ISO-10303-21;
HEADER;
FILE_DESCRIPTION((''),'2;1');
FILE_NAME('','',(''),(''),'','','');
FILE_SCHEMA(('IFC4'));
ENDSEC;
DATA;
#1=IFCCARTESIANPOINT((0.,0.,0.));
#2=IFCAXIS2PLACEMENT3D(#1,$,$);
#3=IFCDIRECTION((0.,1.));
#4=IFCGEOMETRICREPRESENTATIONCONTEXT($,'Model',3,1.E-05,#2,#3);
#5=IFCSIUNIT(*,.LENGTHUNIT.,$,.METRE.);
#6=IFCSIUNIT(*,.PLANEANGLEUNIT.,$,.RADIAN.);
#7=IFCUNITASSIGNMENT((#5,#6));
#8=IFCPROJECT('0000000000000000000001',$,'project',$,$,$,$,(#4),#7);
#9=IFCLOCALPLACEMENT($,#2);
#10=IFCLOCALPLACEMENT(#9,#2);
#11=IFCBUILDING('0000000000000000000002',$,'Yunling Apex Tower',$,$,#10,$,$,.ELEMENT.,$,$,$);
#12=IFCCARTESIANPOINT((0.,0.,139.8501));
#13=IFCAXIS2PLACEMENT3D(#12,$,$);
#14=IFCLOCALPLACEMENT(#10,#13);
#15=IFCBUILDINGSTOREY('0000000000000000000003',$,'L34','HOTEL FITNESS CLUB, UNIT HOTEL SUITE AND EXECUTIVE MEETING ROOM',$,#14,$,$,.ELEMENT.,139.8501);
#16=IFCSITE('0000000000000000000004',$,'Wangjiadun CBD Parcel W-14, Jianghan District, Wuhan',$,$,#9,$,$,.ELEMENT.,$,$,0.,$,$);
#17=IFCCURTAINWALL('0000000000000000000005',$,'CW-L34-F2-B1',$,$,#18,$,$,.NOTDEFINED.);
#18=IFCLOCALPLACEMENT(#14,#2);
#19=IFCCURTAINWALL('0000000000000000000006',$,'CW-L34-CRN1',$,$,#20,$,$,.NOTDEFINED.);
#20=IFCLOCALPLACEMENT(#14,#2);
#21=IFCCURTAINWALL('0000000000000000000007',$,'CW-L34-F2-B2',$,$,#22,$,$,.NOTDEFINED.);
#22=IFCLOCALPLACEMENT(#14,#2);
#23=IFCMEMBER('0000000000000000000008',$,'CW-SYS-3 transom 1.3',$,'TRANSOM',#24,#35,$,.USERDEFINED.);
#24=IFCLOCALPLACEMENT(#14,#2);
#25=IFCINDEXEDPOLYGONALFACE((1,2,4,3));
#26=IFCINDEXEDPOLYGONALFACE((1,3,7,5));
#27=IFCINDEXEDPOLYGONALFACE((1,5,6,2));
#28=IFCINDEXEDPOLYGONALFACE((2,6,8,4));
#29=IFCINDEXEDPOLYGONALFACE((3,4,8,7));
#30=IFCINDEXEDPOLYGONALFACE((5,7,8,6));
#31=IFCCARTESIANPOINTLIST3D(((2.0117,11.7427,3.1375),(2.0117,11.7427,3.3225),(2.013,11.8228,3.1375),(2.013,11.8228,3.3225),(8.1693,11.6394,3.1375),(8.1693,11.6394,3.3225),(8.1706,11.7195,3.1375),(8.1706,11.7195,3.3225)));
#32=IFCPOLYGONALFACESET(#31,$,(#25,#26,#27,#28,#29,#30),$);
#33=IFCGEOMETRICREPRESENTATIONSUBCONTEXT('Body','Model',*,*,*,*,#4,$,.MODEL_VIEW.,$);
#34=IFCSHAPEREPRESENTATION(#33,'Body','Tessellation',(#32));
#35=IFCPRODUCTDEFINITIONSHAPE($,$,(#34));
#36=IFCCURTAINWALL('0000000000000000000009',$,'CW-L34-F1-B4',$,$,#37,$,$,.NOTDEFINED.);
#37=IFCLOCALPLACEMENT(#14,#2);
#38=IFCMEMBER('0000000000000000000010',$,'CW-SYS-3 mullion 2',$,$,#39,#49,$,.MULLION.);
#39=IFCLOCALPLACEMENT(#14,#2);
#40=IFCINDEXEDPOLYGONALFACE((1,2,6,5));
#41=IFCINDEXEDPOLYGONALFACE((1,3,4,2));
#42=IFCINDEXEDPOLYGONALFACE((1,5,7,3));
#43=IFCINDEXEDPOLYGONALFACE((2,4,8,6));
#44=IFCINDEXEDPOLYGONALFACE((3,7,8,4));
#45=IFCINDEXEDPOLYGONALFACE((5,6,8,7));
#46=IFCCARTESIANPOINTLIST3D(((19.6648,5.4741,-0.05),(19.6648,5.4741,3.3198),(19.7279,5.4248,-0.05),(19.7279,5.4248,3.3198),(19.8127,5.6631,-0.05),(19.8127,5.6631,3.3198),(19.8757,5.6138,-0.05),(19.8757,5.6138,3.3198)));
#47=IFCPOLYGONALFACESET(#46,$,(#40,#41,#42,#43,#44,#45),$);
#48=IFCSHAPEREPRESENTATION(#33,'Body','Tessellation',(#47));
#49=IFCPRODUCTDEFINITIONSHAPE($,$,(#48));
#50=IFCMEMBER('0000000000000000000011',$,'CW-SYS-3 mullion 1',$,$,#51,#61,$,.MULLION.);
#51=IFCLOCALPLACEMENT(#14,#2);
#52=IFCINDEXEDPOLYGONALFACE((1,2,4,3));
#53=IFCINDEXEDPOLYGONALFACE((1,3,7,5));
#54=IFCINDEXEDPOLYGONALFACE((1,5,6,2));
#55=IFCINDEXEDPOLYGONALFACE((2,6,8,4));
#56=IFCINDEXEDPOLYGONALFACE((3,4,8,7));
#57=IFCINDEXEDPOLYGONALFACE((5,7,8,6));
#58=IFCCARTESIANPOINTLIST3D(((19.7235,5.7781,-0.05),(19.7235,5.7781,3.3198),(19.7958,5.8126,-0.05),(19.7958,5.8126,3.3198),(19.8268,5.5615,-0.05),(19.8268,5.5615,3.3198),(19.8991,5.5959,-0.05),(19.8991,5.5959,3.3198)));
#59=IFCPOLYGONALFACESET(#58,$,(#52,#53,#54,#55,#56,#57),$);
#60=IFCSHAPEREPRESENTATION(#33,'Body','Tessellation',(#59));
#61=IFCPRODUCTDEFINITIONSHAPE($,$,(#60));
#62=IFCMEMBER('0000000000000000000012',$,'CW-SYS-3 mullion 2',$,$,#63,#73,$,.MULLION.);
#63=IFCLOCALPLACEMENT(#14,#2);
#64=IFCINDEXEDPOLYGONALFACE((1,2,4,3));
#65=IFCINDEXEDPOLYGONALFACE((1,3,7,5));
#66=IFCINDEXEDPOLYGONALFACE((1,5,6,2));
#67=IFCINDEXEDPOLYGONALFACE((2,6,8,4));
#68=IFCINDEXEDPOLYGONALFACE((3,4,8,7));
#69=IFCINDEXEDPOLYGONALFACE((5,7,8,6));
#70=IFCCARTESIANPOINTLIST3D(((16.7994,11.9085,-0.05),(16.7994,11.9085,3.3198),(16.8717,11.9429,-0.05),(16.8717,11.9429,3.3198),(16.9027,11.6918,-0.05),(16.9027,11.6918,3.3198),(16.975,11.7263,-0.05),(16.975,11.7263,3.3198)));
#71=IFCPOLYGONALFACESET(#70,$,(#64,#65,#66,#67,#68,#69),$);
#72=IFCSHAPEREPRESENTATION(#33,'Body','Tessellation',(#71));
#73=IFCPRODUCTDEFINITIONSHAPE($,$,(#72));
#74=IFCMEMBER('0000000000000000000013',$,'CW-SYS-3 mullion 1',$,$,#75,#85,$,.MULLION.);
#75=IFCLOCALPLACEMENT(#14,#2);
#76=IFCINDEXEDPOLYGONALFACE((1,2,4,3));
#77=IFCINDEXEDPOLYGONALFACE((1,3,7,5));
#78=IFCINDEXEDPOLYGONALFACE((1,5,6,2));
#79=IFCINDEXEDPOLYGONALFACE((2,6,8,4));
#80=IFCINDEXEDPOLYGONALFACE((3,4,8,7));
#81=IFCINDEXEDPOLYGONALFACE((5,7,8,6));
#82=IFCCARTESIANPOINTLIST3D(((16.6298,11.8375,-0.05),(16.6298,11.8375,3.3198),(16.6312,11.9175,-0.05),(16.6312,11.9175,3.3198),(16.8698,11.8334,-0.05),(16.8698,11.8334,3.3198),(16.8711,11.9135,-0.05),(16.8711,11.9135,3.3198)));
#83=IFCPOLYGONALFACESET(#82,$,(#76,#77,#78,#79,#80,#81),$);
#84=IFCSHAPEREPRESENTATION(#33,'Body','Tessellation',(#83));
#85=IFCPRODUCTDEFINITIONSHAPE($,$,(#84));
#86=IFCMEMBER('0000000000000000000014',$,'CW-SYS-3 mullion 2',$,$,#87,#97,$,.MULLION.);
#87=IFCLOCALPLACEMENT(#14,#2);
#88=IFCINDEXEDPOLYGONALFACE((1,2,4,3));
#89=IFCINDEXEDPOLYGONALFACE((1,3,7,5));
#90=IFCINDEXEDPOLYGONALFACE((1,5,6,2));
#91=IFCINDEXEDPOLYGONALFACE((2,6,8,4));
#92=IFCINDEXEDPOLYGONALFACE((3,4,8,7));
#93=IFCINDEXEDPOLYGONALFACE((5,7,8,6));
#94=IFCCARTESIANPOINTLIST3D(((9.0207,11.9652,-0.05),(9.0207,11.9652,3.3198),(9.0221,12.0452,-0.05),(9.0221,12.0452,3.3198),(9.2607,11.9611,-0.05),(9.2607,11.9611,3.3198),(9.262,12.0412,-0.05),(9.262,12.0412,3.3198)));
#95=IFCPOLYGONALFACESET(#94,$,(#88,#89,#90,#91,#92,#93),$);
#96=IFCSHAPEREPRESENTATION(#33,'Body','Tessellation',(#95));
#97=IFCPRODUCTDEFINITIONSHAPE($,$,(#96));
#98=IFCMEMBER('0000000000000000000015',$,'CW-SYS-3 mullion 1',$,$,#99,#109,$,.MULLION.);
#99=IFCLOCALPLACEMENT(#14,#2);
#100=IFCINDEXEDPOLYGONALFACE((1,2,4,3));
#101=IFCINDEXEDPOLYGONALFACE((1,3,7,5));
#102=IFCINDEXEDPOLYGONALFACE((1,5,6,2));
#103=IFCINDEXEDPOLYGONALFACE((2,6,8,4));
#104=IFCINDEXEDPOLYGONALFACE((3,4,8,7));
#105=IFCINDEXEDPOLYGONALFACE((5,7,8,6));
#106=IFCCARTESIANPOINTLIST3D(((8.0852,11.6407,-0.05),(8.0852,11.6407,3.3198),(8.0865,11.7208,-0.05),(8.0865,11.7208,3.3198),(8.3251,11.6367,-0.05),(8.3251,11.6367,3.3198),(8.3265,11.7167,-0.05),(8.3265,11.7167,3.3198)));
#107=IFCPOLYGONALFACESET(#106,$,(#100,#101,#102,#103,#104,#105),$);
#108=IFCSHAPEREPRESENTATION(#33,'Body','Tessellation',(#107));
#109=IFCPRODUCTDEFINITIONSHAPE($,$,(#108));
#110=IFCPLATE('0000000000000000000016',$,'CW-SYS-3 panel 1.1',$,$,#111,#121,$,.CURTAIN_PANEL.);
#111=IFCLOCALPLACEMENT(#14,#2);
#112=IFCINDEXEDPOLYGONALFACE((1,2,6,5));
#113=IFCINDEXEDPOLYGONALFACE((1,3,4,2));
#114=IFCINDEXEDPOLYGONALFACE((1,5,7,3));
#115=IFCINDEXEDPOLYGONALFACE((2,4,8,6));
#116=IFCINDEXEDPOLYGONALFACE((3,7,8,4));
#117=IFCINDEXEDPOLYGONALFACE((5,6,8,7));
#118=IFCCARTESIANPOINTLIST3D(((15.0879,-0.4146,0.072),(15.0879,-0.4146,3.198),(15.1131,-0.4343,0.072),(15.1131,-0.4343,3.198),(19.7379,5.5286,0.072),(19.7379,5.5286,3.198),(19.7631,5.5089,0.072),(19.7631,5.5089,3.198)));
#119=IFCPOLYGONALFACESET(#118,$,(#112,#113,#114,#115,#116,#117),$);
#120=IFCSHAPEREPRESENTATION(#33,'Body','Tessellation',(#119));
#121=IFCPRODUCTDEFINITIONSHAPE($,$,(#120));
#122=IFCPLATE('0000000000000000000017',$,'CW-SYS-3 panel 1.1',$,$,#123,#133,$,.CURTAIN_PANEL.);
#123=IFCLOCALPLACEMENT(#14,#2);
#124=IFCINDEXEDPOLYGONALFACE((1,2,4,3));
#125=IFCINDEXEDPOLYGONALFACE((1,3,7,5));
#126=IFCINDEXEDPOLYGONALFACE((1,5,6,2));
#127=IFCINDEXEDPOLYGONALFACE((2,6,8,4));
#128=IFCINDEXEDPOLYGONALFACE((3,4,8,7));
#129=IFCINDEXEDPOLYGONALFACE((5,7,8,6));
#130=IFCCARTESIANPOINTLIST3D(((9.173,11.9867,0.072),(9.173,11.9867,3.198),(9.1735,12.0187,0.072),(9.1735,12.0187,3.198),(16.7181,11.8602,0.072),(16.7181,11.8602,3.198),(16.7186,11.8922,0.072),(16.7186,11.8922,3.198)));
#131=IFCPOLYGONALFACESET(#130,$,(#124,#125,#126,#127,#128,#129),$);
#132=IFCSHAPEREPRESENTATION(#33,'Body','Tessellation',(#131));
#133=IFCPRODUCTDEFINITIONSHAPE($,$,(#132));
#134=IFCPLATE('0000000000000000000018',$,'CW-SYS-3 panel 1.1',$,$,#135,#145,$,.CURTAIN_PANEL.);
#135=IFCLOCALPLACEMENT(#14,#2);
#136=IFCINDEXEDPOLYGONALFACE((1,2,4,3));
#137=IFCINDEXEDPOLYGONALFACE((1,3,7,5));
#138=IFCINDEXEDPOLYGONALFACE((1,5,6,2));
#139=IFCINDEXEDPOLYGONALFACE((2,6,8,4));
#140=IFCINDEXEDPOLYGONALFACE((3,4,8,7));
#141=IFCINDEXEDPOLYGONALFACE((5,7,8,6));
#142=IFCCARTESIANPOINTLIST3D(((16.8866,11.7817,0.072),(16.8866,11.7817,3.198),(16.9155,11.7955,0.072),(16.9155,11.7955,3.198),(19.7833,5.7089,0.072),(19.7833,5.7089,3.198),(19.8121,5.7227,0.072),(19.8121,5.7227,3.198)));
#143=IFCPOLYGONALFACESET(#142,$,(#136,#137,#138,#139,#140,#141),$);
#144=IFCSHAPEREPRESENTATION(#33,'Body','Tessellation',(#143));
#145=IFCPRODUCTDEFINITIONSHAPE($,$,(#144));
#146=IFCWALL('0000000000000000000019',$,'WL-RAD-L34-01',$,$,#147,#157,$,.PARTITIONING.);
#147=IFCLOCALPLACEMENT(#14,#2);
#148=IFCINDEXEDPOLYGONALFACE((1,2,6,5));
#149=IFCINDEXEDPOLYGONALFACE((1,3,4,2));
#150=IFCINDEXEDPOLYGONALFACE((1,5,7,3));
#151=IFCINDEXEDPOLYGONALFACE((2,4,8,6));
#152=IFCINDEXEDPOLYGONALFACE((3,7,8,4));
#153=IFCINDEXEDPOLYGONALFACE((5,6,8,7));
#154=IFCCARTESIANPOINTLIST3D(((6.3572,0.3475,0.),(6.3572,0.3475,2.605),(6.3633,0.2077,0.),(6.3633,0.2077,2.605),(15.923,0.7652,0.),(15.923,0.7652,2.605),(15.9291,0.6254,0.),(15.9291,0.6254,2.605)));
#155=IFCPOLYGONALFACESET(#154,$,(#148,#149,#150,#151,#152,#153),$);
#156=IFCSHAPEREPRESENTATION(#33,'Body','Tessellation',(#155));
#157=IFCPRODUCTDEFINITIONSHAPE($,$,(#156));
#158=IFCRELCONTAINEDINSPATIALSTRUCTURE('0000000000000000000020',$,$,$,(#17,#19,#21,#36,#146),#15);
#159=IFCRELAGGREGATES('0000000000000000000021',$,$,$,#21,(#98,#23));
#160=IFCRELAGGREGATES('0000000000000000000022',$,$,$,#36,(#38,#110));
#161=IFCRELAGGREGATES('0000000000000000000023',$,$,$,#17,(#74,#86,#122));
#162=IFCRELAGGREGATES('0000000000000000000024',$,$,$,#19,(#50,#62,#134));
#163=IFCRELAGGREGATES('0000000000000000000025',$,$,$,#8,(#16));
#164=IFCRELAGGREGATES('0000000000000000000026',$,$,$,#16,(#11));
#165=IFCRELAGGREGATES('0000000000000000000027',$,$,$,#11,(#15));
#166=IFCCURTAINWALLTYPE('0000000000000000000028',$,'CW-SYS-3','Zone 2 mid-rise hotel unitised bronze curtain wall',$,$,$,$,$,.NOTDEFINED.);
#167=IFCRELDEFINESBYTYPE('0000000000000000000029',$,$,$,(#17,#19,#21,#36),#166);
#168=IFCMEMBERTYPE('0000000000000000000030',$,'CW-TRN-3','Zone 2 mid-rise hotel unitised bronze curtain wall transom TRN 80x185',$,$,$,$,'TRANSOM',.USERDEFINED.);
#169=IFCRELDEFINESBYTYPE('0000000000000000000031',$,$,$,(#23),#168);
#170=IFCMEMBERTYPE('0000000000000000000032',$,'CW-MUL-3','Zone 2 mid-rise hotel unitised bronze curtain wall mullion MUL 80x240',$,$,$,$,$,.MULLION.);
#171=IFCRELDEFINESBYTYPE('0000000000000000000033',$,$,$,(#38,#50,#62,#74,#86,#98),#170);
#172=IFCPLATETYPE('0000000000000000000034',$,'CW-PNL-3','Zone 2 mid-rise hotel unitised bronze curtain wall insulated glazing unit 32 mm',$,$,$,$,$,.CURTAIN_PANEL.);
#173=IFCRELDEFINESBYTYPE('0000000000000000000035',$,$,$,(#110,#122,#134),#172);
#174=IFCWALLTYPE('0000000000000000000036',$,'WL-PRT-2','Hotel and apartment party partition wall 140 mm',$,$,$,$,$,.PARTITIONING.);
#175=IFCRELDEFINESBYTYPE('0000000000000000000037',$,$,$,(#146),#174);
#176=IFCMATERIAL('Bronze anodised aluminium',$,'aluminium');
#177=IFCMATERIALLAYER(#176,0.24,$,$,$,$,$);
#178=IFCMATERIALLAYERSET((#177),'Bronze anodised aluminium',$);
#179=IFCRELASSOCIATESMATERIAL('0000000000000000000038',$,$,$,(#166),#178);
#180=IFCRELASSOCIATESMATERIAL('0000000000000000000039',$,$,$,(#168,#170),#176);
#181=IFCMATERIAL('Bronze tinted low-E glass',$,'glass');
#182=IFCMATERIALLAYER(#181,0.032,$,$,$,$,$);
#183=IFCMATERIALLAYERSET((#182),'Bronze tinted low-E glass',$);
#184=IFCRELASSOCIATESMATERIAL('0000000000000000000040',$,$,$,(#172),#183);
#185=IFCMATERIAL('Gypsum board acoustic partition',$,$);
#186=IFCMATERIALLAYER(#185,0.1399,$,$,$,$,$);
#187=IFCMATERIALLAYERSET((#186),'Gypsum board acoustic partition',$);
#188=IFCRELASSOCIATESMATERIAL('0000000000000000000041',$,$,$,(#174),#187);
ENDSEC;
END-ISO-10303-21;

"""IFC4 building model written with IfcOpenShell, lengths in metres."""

from ifc_helpers import new_model, si_unit, direction, frame, frame_2d, origin, origin_2d, place, context, subcontext, project, spatial, rectangle, extrude, source, transform, mapped, material, layer, layer_set, material_profile, profile_set, type_object, element, aggregate, save


model = new_model("IFC4")

# Units and contexts
model_context = context("Model", 3, precision=1e-05, world=origin(), true_north=direction((0.0, 1.0)))
body_context = subcontext(model_context, "Body", "Model", "MODEL_VIEW")
ifc_project = project(units=[si_unit("LENGTHUNIT", "METRE"), si_unit("PLANEANGLEUNIT", "RADIAN")], contexts=[model_context])

# Site, building, storey
site_placement = place(None, origin())
site = spatial("IfcSite", under=ifc_project, at=site_placement, Name="Wangjiadun CBD Parcel W-14, Jianghan District, Wuhan", CompositionType="ELEMENT", RefElevation=0.0)
building_placement = place(site_placement, origin())
building = spatial("IfcBuilding", under=site, at=building_placement, Name="Yunling Apex Tower", CompositionType="ELEMENT")
storey_placement = place(building_placement, frame((0.0, 0.0, 139.8501)))
storey = spatial("IfcBuildingStorey", under=building, at=storey_placement, Name="L34", Description="HOTEL FITNESS CLUB, UNIT HOTEL SUITE AND EXECUTIVE MEETING ROOM", CompositionType="ELEMENT", Elevation=139.8501)

# Curtain walls, member
ifc_material_1 = material(Name="Bronze anodised aluminium", Category="aluminium")
ifc_layer_1 = layer(ifc_material_1, 0.24)
ifc_layer_set_1 = layer_set([ifc_layer_1], Name="Bronze anodised aluminium")
curtain_wall_type = type_object("IfcCurtainWallType", Name="CW-SYS-3", Description="Zone 2 mid-rise hotel unitised bronze curtain wall", PredefinedType="NOTDEFINED", material=ifc_layer_set_1)
curtain_wall_1_placement = place(storey_placement, origin())
curtain_wall_1 = element("IfcCurtainWall", 1, at=curtain_wall_1_placement, inside=storey, type_object=curtain_wall_type, Name="CW-L34-F2-B1", PredefinedType="NOTDEFINED")
ifc_material_profile_1 = material_profile(ifc_material_1, rectangle(XDim=0.0801, YDim=0.1851, at=origin_2d()))
ifc_profile_set_1 = profile_set([ifc_material_profile_1], Name="Bronze anodised aluminium")
member_type_1 = type_object("IfcMemberType", Name="CW-TRN-3", Description="Zone 2 mid-rise hotel unitised bronze curtain wall transom TRN 80x185", ElementType="TRANSOM", PredefinedType="USERDEFINED", material=ifc_profile_set_1)
curtain_wall_2_placement = place(storey_placement, origin())
curtain_wall_2 = element("IfcCurtainWall", 2, at=curtain_wall_2_placement, inside=storey, type_object=curtain_wall_type, Name="CW-L34-CRN1", PredefinedType="NOTDEFINED")
curtain_wall_3_placement = place(storey_placement, origin())
curtain_wall_3 = element("IfcCurtainWall", 3, at=curtain_wall_3_placement, inside=storey, type_object=curtain_wall_type, Name="CW-L34-F2-B2", PredefinedType="NOTDEFINED")
shared_shape_1 = source(origin(), body_context, "Body", "SweptSolid", [
    extrude(rectangle(XDim=0.0801, YDim=0.1851, at=origin_2d()), origin(), (0.0, 0.0, 1.0), 6.1584),
])
member_1_placement = place(storey_placement, frame((8.1699, 11.6794, 3.23), z_axis=(-0.999859, 0.016769, 0.0), x_axis=(-0.016769, -0.999859, 0.0)))
member_1 = element("IfcMember", 4, at=member_1_placement, type_object=member_type_1, Name="CW-SYS-3 transom 1.3", ObjectType="TRANSOM", PredefinedType="USERDEFINED", context=body_context, shape_type="MappedRepresentation", body=[
    mapped(shared_shape_1, transform((0.0, 0.0, 0.0), scale=1.0)),
])

# Curtain wall, member
curtain_wall_4_placement = place(storey_placement, origin())
curtain_wall_4 = element("IfcCurtainWall", 5, at=curtain_wall_4_placement, inside=storey, type_object=curtain_wall_type, Name="CW-L34-F1-B4", PredefinedType="NOTDEFINED")
ifc_material_profile_2 = material_profile(ifc_material_1, rectangle(XDim=0.0801, YDim=0.24, at=origin_2d()))
ifc_profile_set_2 = profile_set([ifc_material_profile_2], Name="Bronze anodised aluminium")
member_type_2 = type_object("IfcMemberType", Name="CW-MUL-3", Description="Zone 2 mid-rise hotel unitised bronze curtain wall mullion MUL 80x240", PredefinedType="MULLION", material=ifc_profile_set_2)
shared_shape_2 = source(origin(), body_context, "Body", "SweptSolid", [
    extrude(rectangle(XDim=0.0801, YDim=0.24, at=origin_2d()), origin(), (0.0, 0.0, 1.0), 3.3699),
])
member_2_placement = place(storey_placement, frame((19.7703, 5.5439, -0.05), z_axis=(0.0, 0.0, 1.0), x_axis=(-0.787584, 0.616208, 0.0)))
member_2 = element("IfcMember", 6, at=member_2_placement, type_object=member_type_2, Name="CW-SYS-3 mullion 2", PredefinedType="MULLION", context=body_context, shape_type="MappedRepresentation", body=[
    mapped(shared_shape_2, transform((0.0, 0.0, 0.0), scale=1.0)),
])

# Members
member_3_placement = place(storey_placement, frame((19.8113, 5.687, -0.05), z_axis=(0.0, 0.0, 1.0), x_axis=(-0.902582, -0.430519, 0.0)))
member_3 = element("IfcMember", 7, at=member_3_placement, type_object=member_type_2, Name="CW-SYS-3 mullion 1", PredefinedType="MULLION", context=body_context, shape_type="MappedRepresentation", body=[
    mapped(shared_shape_2, transform((0.0, 0.0, 0.0), scale=1.0)),
])
member_4_placement = place(storey_placement, frame((16.8872, 11.8174, -0.05), z_axis=(0.0, 0.0, 1.0), x_axis=(-0.902582, -0.430519, 0.0)))
member_4 = element("IfcMember", 8, at=member_4_placement, type_object=member_type_2, Name="CW-SYS-3 mullion 2", PredefinedType="MULLION", context=body_context, shape_type="MappedRepresentation", body=[
    mapped(shared_shape_2, transform((0.0, 0.0, 0.0), scale=1.0)),
])
member_5_placement = place(storey_placement, frame((16.7505, 11.8755, -0.05), z_axis=(0.0, 0.0, 1.0), x_axis=(-0.016762, -0.99986, 0.0)))
member_5 = element("IfcMember", 9, at=member_5_placement, type_object=member_type_2, Name="CW-SYS-3 mullion 1", PredefinedType="MULLION", context=body_context, shape_type="MappedRepresentation", body=[
    mapped(shared_shape_2, transform((0.0, 0.0, 0.0), scale=1.0)),
])
member_6_placement = place(storey_placement, frame((9.1414, 12.0032, -0.05), z_axis=(0.0, 0.0, 1.0), x_axis=(-0.016762, -0.99986, 0.0)))
member_6 = element("IfcMember", 10, at=member_6_placement, type_object=member_type_2, Name="CW-SYS-3 mullion 2", PredefinedType="MULLION", context=body_context, shape_type="MappedRepresentation", body=[
    mapped(shared_shape_2, transform((0.0, 0.0, 0.0), scale=1.0)),
])
member_7_placement = place(storey_placement, frame((8.2058, 11.6787, -0.05), z_axis=(0.0, 0.0, 1.0), x_axis=(-0.016767, -0.999859, 0.0)))
member_7 = element("IfcMember", 11, at=member_7_placement, type_object=member_type_2, Name="CW-SYS-3 mullion 1", PredefinedType="MULLION", context=body_context, shape_type="MappedRepresentation", body=[
    mapped(shared_shape_2, transform((0.0, 0.0, 0.0), scale=1.0)),
])
aggregate(curtain_wall_3, [member_7, member_1])

# Plates
ifc_material_2 = material(Name="Bronze tinted low-E glass", Category="glass")
ifc_layer_2 = layer(ifc_material_2, 0.032)
ifc_layer_set_2 = layer_set([ifc_layer_2], Name="Bronze tinted low-E glass")
plate_type = type_object("IfcPlateType", Name="CW-PNL-3", Description="Zone 2 mid-rise hotel unitised bronze curtain wall insulated glazing unit 32 mm", PredefinedType="CURTAIN_PANEL", material=ifc_layer_set_2)
shared_shape_3 = source(origin(), body_context, "Body", "SweptSolid", [
    extrude(rectangle(XDim=7.5461, YDim=0.032, at=origin_2d()), origin(), (0.0, 0.0, 1.0), 3.126),
])
plate_1_placement = place(storey_placement, frame((17.4255, 2.5471, 0.072), z_axis=(0.0, 0.0, 1.0), x_axis=(0.616208, 0.787584, 0.0)))
plate_1 = element("IfcPlate", 12, at=plate_1_placement, type_object=plate_type, Name="CW-SYS-3 panel 1.1", PredefinedType="CURTAIN_PANEL", context=body_context, shape_type="MappedRepresentation", body=[
    mapped(shared_shape_3, transform((0.0, 0.0, 0.0), scale=1.0)),
])
aggregate(curtain_wall_4, [member_2, plate_1])
plate_2_placement = place(storey_placement, frame((12.9458, 11.9395, 0.072), z_axis=(0.0, 0.0, 1.0), x_axis=(-0.99986, 0.016762, 0.0)))
plate_2 = element("IfcPlate", 13, at=plate_2_placement, type_object=plate_type, Name="CW-SYS-3 panel 1.1", PredefinedType="CURTAIN_PANEL", context=body_context, shape_type="MappedRepresentation", body=[
    mapped(shared_shape_3, transform((0.0, 0.0, 0.0), scale=1.0)),
])
aggregate(curtain_wall_1, [member_5, member_6, plate_2])
shared_shape_4 = source(origin(), body_context, "Body", "SweptSolid", [
    extrude(rectangle(XDim=6.7283, YDim=0.032, at=origin_2d()), origin(), (0.0, 0.0, 1.0), 3.126),
])
plate_3_placement = place(storey_placement, frame((18.3494, 8.7522, 0.072), z_axis=(0.0, 0.0, 1.0), x_axis=(-0.430519, 0.902582, 0.0)))
plate_3 = element("IfcPlate", 14, at=plate_3_placement, type_object=plate_type, Name="CW-SYS-3 panel 1.1", PredefinedType="CURTAIN_PANEL", context=body_context, shape_type="MappedRepresentation", body=[
    mapped(shared_shape_4, transform((0.0, 0.0, 0.0), scale=1.0)),
])
aggregate(curtain_wall_2, [member_3, member_4, plate_3])

# Wall
ifc_material_3 = material(Name="Gypsum board acoustic partition")
ifc_layer_3 = layer(ifc_material_3, 0.1399)
ifc_layer_set_3 = layer_set([ifc_layer_3], Name="Gypsum board acoustic partition")
wall_type = type_object("IfcWallType", Name="WL-PRT-2", Description="Hotel and apartment party partition wall 140 mm", PredefinedType="PARTITIONING", material=ifc_layer_set_3)
wall_placement = place(storey_placement, frame((6.3601, 0.2776, 0.0), z_axis=(0.0, 0.0, 1.0), x_axis=(0.999048, 0.043626, 0.0)))
element("IfcWall", 15, at=wall_placement, inside=storey, type_object=wall_type, Name="WL-RAD-L34-01", PredefinedType="PARTITIONING", context=body_context, shape_type="SweptSolid", body=[
    extrude(rectangle(XDim=9.575, YDim=0.1399, at=frame_2d((4.7876, 0.0))), origin(), (0.0, 0.0, 1.0), 2.605),
])

save(model, "model.ifc")
